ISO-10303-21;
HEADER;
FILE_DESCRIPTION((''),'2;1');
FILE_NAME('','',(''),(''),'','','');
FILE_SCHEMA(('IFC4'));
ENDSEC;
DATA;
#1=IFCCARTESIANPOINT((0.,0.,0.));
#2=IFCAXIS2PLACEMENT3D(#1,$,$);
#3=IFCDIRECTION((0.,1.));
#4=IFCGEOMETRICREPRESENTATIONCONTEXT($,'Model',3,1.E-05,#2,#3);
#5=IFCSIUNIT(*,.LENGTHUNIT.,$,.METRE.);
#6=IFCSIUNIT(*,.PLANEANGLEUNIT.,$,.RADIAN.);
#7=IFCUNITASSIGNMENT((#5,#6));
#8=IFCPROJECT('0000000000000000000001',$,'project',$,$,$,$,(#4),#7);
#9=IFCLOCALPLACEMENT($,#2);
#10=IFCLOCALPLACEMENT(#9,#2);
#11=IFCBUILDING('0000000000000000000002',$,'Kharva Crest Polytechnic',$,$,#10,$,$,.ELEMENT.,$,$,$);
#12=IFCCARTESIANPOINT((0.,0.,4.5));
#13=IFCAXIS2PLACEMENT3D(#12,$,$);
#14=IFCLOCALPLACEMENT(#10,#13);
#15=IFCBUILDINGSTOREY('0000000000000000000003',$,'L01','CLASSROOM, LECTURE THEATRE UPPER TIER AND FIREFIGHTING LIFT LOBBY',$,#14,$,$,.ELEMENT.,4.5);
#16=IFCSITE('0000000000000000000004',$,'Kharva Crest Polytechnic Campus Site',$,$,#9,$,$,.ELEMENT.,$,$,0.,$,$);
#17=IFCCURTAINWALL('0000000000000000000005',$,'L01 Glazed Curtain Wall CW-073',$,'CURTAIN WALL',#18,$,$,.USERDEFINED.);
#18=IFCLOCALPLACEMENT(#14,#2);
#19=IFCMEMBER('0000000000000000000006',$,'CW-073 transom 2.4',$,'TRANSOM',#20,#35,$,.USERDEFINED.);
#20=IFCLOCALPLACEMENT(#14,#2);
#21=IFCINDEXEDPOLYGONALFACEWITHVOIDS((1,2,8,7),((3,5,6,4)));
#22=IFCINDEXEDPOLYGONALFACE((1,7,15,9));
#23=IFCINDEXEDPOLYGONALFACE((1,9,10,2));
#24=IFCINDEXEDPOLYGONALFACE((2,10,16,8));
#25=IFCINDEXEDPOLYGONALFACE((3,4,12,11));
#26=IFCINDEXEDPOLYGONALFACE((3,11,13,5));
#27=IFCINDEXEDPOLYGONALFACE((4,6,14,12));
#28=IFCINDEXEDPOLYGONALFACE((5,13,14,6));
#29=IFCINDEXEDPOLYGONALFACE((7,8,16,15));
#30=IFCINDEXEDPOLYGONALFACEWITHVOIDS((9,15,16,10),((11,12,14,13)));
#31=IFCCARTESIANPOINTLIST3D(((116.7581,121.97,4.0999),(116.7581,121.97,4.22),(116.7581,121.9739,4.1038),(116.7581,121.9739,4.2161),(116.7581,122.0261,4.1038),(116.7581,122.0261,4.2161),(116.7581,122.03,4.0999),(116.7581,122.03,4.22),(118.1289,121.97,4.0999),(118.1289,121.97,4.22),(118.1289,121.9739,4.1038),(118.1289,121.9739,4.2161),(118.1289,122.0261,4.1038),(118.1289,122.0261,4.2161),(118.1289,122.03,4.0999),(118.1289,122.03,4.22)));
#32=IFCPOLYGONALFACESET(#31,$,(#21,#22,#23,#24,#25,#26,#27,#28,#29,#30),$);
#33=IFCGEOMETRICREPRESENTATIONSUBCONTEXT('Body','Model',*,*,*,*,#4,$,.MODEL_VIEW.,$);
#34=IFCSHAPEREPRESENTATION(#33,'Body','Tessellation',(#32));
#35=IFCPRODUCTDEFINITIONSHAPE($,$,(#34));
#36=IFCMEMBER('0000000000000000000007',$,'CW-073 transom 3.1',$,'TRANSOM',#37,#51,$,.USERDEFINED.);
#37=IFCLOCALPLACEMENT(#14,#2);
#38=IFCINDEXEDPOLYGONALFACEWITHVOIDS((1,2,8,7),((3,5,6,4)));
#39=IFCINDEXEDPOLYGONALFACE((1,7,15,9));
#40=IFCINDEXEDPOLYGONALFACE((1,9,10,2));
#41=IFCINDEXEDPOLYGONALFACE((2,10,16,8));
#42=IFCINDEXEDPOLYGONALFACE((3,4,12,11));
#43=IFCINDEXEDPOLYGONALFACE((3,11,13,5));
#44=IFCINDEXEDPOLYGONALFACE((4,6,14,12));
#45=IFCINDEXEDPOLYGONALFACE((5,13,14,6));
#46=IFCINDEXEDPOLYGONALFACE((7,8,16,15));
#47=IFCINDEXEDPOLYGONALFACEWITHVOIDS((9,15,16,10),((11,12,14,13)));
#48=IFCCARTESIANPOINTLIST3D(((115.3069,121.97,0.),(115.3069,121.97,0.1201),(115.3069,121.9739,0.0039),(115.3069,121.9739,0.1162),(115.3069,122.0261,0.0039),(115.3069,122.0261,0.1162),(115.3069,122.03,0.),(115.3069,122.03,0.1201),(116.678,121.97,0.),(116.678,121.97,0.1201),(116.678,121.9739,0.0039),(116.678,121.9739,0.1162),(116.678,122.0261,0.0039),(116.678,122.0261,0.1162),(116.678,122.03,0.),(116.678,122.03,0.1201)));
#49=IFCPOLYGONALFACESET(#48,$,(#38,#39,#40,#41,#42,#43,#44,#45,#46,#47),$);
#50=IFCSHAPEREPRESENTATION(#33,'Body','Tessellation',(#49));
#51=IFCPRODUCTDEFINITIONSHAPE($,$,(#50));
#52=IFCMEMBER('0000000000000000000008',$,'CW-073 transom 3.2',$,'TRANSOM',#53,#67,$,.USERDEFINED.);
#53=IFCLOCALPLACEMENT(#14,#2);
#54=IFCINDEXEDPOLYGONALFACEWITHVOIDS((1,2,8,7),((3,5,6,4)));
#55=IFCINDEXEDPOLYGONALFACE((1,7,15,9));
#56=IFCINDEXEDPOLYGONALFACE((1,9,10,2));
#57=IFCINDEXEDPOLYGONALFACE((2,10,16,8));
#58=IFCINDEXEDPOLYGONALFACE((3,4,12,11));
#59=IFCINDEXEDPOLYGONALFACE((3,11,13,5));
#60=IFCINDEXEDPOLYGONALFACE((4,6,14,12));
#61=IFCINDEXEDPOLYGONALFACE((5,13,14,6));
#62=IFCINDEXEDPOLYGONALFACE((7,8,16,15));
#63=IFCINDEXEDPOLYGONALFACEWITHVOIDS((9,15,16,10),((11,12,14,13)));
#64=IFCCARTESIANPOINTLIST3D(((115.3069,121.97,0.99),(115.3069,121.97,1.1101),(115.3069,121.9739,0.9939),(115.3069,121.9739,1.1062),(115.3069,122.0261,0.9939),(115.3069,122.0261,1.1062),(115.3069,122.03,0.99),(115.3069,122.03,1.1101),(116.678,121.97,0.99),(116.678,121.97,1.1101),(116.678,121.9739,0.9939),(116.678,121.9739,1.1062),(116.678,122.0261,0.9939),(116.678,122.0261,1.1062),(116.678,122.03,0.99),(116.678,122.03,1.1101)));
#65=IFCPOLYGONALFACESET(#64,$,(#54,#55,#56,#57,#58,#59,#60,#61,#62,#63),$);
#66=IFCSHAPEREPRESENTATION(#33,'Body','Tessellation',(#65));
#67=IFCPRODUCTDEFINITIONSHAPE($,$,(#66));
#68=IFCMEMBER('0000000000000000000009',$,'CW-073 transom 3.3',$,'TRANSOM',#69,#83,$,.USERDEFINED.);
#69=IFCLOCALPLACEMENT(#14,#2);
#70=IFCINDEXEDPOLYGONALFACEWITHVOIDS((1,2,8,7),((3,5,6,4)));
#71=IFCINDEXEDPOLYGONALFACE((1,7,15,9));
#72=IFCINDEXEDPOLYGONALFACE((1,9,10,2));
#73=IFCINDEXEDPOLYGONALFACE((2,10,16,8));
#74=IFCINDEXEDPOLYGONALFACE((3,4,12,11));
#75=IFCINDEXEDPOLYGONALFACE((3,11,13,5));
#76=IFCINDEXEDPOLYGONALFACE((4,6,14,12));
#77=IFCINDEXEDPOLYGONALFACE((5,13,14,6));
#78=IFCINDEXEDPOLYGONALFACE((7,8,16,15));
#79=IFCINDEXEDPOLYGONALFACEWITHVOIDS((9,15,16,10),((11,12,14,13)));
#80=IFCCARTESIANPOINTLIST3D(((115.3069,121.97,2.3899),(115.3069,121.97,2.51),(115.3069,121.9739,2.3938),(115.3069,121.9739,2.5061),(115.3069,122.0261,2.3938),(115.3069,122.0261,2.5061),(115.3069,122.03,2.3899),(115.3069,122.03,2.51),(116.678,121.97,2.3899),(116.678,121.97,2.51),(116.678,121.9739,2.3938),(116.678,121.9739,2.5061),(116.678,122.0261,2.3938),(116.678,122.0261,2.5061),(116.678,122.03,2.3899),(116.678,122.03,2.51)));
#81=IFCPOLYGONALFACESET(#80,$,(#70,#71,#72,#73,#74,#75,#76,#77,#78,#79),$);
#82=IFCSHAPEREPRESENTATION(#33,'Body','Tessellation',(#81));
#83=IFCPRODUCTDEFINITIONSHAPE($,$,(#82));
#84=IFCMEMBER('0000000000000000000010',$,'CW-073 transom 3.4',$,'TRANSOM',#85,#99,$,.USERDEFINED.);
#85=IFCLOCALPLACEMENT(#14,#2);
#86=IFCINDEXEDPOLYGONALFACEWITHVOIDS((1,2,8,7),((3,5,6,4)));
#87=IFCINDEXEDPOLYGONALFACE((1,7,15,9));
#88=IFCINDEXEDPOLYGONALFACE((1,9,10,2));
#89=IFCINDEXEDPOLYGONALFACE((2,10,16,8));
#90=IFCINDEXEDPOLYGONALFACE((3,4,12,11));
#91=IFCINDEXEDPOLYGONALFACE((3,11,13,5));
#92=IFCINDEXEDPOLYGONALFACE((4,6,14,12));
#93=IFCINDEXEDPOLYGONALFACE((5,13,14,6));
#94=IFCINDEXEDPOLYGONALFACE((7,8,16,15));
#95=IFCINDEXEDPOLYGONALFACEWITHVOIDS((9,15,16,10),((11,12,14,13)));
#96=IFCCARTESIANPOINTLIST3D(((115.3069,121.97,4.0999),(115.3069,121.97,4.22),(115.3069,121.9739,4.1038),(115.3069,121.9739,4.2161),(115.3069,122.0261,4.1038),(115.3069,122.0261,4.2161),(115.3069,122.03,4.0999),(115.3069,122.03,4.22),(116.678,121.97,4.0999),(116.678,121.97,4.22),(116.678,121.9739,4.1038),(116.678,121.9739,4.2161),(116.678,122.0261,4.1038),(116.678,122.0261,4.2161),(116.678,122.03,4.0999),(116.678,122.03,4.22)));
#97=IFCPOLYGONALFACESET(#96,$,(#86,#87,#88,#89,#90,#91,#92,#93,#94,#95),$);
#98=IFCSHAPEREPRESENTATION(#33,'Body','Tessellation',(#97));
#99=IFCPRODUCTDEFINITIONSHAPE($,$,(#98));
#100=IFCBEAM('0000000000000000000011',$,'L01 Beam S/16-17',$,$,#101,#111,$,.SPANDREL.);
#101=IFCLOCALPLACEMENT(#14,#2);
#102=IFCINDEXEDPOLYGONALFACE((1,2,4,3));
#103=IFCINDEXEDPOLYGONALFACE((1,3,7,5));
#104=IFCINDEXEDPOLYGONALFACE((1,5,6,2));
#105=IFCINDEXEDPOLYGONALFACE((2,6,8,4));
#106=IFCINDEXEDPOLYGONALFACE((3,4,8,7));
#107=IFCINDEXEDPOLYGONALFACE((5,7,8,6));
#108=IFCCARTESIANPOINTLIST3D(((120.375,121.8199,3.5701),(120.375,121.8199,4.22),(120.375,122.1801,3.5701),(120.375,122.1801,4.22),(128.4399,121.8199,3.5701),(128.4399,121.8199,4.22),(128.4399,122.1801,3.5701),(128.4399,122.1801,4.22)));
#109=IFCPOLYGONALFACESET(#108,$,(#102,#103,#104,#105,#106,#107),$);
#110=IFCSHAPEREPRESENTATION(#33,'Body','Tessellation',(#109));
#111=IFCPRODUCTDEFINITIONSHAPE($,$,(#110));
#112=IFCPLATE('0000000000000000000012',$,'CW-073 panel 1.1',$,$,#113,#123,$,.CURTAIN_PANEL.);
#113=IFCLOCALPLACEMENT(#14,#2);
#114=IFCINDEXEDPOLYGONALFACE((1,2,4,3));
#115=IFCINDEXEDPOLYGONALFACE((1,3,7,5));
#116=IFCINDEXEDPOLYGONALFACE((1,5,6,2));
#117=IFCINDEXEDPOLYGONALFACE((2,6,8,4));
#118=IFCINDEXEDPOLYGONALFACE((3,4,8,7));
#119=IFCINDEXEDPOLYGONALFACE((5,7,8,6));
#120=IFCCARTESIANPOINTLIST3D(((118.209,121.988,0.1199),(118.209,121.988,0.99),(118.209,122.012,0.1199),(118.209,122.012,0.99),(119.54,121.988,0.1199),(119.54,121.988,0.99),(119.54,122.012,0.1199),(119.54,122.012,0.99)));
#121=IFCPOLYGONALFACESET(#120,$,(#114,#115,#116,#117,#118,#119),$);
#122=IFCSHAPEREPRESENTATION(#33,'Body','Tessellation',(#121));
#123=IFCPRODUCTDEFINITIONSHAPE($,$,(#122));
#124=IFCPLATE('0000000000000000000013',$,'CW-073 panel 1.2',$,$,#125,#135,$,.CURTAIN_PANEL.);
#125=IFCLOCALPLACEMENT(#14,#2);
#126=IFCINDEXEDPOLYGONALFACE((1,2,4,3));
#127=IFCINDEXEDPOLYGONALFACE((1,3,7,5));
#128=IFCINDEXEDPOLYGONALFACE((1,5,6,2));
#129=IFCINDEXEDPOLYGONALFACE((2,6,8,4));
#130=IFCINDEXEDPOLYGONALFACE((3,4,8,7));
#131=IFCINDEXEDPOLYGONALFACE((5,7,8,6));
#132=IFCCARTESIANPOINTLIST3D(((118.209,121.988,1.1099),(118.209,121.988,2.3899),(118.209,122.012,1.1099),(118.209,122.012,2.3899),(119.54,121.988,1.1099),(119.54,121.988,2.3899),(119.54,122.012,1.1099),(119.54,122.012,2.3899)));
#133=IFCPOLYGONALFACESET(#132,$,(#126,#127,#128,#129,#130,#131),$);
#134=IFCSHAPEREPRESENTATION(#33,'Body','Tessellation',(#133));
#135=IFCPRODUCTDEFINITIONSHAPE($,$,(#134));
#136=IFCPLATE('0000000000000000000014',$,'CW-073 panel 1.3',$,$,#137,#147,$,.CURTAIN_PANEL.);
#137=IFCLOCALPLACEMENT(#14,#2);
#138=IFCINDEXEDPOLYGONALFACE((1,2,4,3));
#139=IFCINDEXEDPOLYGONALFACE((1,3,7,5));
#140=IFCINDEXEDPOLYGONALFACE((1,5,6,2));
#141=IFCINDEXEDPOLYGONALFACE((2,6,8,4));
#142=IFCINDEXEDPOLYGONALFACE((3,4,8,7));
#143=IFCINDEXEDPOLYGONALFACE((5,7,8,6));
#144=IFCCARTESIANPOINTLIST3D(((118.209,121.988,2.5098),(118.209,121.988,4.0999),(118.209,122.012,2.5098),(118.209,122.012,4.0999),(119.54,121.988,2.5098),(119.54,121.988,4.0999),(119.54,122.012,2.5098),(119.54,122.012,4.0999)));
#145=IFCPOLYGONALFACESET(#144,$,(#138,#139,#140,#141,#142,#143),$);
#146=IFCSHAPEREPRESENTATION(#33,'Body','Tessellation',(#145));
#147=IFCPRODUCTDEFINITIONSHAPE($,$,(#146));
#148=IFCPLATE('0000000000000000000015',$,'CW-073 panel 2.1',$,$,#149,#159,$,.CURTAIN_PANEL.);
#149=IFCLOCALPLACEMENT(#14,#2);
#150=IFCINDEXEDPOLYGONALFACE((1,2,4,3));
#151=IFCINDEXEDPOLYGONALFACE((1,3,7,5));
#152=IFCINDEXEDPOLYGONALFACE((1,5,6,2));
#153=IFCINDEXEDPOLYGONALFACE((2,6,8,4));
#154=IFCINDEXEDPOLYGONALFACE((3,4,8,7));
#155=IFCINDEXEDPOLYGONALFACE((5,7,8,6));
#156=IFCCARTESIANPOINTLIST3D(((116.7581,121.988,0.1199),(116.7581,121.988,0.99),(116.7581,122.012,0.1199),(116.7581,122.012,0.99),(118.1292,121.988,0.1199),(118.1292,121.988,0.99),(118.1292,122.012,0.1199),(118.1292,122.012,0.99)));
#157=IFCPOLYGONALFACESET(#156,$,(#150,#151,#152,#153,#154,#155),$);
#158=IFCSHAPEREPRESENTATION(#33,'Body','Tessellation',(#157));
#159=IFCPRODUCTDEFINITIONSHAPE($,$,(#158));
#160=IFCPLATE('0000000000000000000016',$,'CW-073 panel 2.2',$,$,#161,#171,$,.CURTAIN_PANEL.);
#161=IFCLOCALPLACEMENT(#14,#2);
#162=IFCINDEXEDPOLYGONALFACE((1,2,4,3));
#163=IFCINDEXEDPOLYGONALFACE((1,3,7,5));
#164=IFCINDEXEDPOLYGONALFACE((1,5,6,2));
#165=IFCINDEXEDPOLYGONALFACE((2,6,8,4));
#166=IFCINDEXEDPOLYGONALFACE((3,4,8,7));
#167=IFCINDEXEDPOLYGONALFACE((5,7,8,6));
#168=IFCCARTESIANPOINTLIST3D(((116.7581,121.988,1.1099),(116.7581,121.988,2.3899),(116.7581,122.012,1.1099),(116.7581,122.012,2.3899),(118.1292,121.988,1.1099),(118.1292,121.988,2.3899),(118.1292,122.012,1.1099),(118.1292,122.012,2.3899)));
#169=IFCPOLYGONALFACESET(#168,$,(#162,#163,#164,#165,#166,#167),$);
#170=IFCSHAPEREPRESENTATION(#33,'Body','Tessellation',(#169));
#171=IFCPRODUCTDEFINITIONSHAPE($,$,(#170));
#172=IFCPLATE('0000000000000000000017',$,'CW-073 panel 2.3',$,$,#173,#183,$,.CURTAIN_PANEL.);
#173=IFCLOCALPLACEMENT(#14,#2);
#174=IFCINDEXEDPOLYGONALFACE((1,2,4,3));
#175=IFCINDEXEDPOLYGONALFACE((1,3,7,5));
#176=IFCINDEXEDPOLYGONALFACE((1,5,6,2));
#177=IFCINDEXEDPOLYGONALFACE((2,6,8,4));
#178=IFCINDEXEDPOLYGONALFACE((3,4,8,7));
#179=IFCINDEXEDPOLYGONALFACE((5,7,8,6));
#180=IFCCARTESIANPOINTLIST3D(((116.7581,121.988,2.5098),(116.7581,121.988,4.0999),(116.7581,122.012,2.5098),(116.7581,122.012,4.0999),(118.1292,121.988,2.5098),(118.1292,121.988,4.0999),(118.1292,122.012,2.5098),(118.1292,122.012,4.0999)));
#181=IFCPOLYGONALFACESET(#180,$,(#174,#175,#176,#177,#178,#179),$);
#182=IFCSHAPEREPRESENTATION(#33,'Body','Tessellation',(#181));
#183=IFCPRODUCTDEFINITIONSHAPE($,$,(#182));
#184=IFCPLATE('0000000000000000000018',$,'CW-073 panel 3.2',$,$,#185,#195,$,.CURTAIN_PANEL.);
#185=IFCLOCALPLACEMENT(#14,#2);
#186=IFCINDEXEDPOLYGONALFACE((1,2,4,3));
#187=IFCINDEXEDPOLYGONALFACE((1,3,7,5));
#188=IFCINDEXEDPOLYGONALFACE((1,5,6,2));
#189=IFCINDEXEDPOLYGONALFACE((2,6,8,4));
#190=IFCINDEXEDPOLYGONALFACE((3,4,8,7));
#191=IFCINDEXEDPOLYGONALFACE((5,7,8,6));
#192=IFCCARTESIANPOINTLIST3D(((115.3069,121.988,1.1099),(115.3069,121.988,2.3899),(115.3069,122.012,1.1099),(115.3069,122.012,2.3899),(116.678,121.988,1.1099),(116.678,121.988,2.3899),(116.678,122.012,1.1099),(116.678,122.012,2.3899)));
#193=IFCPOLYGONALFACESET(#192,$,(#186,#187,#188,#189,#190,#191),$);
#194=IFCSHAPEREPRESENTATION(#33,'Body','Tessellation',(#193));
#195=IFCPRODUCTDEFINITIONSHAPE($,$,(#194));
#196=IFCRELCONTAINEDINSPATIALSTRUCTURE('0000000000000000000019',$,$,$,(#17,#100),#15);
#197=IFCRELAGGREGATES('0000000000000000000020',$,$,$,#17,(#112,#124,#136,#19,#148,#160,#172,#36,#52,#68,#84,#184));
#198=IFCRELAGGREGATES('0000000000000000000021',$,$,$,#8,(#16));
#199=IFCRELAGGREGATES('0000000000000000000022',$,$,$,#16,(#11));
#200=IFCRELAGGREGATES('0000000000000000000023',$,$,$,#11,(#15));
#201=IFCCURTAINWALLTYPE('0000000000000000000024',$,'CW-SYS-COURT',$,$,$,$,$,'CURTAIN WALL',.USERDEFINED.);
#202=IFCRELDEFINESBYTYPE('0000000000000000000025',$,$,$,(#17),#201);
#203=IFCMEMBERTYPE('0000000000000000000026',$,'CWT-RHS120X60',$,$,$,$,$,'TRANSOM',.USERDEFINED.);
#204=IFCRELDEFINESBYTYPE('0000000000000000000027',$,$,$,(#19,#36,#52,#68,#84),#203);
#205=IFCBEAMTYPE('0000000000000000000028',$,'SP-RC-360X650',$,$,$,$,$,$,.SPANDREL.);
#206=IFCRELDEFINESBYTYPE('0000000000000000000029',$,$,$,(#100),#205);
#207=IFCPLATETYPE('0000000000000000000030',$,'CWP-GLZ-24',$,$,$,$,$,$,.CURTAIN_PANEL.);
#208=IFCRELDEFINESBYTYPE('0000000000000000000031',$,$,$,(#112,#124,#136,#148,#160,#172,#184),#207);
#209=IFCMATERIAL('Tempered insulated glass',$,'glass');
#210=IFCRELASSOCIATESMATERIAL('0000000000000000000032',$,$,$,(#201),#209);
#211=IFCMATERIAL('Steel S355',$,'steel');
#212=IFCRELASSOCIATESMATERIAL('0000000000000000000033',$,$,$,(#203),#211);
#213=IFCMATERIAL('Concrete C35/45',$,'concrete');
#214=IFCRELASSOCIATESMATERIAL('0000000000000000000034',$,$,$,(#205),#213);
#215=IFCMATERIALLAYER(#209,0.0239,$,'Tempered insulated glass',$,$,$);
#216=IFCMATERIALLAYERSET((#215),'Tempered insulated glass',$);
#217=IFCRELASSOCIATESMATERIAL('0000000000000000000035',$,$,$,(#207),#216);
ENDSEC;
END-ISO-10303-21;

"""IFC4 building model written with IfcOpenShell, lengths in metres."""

from ifc_helpers import new_model, si_unit, direction, frame, origin, origin_2d, place, context, subcontext, project, spatial, rectangle, hollow_rectangle, extrude, material, layer, layer_set, material_profile, profile_set, type_object, element, aggregate, save


model = new_model("IFC4")

# Units and contexts
model_context = context("Model", 3, precision=1e-05, world=origin(), true_north=direction((0.0, 1.0)))
body_context = subcontext(model_context, "Body", "Model", "MODEL_VIEW")
ifc_project = project(units=[si_unit("LENGTHUNIT", "METRE"), si_unit("PLANEANGLEUNIT", "RADIAN")], contexts=[model_context])

# Site, building, storey
site_placement = place(None, origin())
site = spatial("IfcSite", under=ifc_project, at=site_placement, Name="Kharva Crest Polytechnic Campus Site", CompositionType="ELEMENT", RefElevation=0.0)
building_placement = place(site_placement, origin())
building = spatial("IfcBuilding", under=site, at=building_placement, Name="Kharva Crest Polytechnic", CompositionType="ELEMENT")
storey_placement = place(building_placement, frame((0.0, 0.0, 4.5)))
storey = spatial("IfcBuildingStorey", under=building, at=storey_placement, Name="L01", Description="CLASSROOM, LECTURE THEATRE UPPER TIER AND FIREFIGHTING LIFT LOBBY", CompositionType="ELEMENT", Elevation=4.5)

# Curtain wall, members
ifc_material_1 = material(Name="Tempered insulated glass", Category="glass")
curtain_wall_type = type_object("IfcCurtainWallType", Name="CW-SYS-COURT", ElementType="CURTAIN WALL", PredefinedType="USERDEFINED", material=ifc_material_1)
curtain_wall_placement = place(storey_placement, origin())
curtain_wall = element("IfcCurtainWall", 1, at=curtain_wall_placement, inside=storey, type_object=curtain_wall_type, Name="L01 Glazed Curtain Wall CW-073", ObjectType="CURTAIN WALL", PredefinedType="USERDEFINED")
ifc_material_2 = material(Name="Steel S355", Category="steel")
ifc_material_profile_1 = material_profile(ifc_material_2, hollow_rectangle(XDim=0.0601, YDim=0.1201, WallThickness=0.0039, at=origin_2d()), Name="RHS 120X60X4.0")
ifc_profile_set_1 = profile_set([ifc_material_profile_1], Name="Steel S355")
member_type_1 = type_object("IfcMemberType", Name="CWT-RHS120X60", ElementType="TRANSOM", PredefinedType="USERDEFINED", material=ifc_profile_set_1)
member_1_placement = place(storey_placement, frame((118.1289, 122.0, 4.1599), z_axis=(-1.0, 0.0, 0.0), x_axis=(0.0, -1.0, 0.0)))
member_1 = element("IfcMember", 2, at=member_1_placement, type_object=member_type_1, Name="CW-073 transom 2.4", ObjectType="TRANSOM", PredefinedType="USERDEFINED", context=body_context, shape_type="SweptSolid", body=[
    extrude(hollow_rectangle(XDim=0.0601, YDim=0.1201, WallThickness=0.0039, at=origin_2d()), origin(), (0.0, 0.0, 1.0), 1.3708),
])
member_2_placement = place(storey_placement, frame((116.678, 122.0, 0.0601), z_axis=(-1.0, 0.0, 0.0), x_axis=(0.0, -1.0, 0.0)))
member_2 = element("IfcMember", 3, at=member_2_placement, type_object=member_type_1, Name="CW-073 transom 3.1", ObjectType="TRANSOM", PredefinedType="USERDEFINED", context=body_context, shape_type="SweptSolid", body=[
    extrude(hollow_rectangle(XDim=0.0601, YDim=0.1201, WallThickness=0.0039, at=origin_2d()), origin(), (0.0, 0.0, 1.0), 1.3711),
])
member_3_placement = place(storey_placement, frame((116.678, 122.0, 1.05), z_axis=(-1.0, 0.0, 0.0), x_axis=(0.0, -1.0, 0.0)))
member_3 = element("IfcMember", 4, at=member_3_placement, type_object=member_type_1, Name="CW-073 transom 3.2", ObjectType="TRANSOM", PredefinedType="USERDEFINED", context=body_context, shape_type="SweptSolid", body=[
    extrude(hollow_rectangle(XDim=0.0601, YDim=0.1201, WallThickness=0.0039, at=origin_2d()), origin(), (0.0, 0.0, 1.0), 1.3711),
])
member_4_placement = place(storey_placement, frame((116.678, 122.0, 2.45), z_axis=(-1.0, 0.0, 0.0), x_axis=(0.0, -1.0, 0.0)))
member_4 = element("IfcMember", 5, at=member_4_placement, type_object=member_type_1, Name="CW-073 transom 3.3", ObjectType="TRANSOM", PredefinedType="USERDEFINED", context=body_context, shape_type="SweptSolid", body=[
    extrude(hollow_rectangle(XDim=0.0601, YDim=0.1201, WallThickness=0.0039, at=origin_2d()), origin(), (0.0, 0.0, 1.0), 1.3711),
])
member_5_placement = place(storey_placement, frame((116.678, 122.0, 4.1599), z_axis=(-1.0, 0.0, 0.0), x_axis=(0.0, -1.0, 0.0)))
member_5 = element("IfcMember", 6, at=member_5_placement, type_object=member_type_1, Name="CW-073 transom 3.4", ObjectType="TRANSOM", PredefinedType="USERDEFINED", context=body_context, shape_type="SweptSolid", body=[
    extrude(hollow_rectangle(XDim=0.0601, YDim=0.1201, WallThickness=0.0039, at=origin_2d()), origin(), (0.0, 0.0, 1.0), 1.3711),
])

# Beam
ifc_material_3 = material(Name="Concrete C35/45", Category="concrete")
ifc_material_profile_2 = material_profile(ifc_material_3, rectangle(XDim=0.3601, YDim=0.6499, at=origin_2d()), Name="RECT 360 X 650")
ifc_profile_set_2 = profile_set([ifc_material_profile_2], Name="Concrete C35/45")
beam_type = type_object("IfcBeamType", Name="SP-RC-360X650", PredefinedType="SPANDREL", material=ifc_profile_set_2)
beam_placement = place(storey_placement, frame((120.375, 122.0, 3.895), z_axis=(1.0, 0.0, 0.0), x_axis=(0.0, 1.0, 0.0)))
element("IfcBeam", 7, at=beam_placement, inside=storey, type_object=beam_type, Name="L01 Beam S/16-17", PredefinedType="SPANDREL", context=body_context, shape_type="SweptSolid", body=[
    extrude(rectangle(XDim=0.3601, YDim=0.6499, at=origin_2d()), origin(), (0.0, 0.0, 1.0), 8.0649),
])

# Plates
ifc_layer = layer(ifc_material_1, 0.0239, Name="Tempered insulated glass")
ifc_layer_set = layer_set([ifc_layer], Name="Tempered insulated glass")
plate_type = type_object("IfcPlateType", Name="CWP-GLZ-24", PredefinedType="CURTAIN_PANEL", material=ifc_layer_set)
plate_1_placement = place(storey_placement, frame((118.8745, 122.0, 0.1199), z_axis=(0.0, 0.0, 1.0), x_axis=(-1.0, 0.0, 0.0)))
plate_1 = element("IfcPlate", 8, at=plate_1_placement, type_object=plate_type, Name="CW-073 panel 1.1", PredefinedType="CURTAIN_PANEL", context=body_context, shape_type="SweptSolid", body=[
    extrude(rectangle(XDim=1.3311, YDim=0.0239, at=origin_2d()), origin(), (0.0, 0.0, 1.0), 0.8701),
])
plate_2_placement = place(storey_placement, frame((118.8745, 122.0, 1.1099), z_axis=(0.0, 0.0, 1.0), x_axis=(-1.0, 0.0, 0.0)))
plate_2 = element("IfcPlate", 9, at=plate_2_placement, type_object=plate_type, Name="CW-073 panel 1.2", PredefinedType="CURTAIN_PANEL", context=body_context, shape_type="SweptSolid", body=[
    extrude(rectangle(XDim=1.3311, YDim=0.0239, at=origin_2d()), origin(), (0.0, 0.0, 1.0), 1.28),
])
plate_3_placement = place(storey_placement, frame((118.8745, 122.0, 2.5098), z_axis=(0.0, 0.0, 1.0), x_axis=(-1.0, 0.0, 0.0)))
plate_3 = element("IfcPlate", 10, at=plate_3_placement, type_object=plate_type, Name="CW-073 panel 1.3", PredefinedType="CURTAIN_PANEL", context=body_context, shape_type="SweptSolid", body=[
    extrude(rectangle(XDim=1.3311, YDim=0.0239, at=origin_2d()), origin(), (0.0, 0.0, 1.0), 1.5901),
])
plate_4_placement = place(storey_placement, frame((117.4436, 122.0, 0.1199), z_axis=(0.0, 0.0, 1.0), x_axis=(-1.0, 0.0, 0.0)))
plate_4 = element("IfcPlate", 11, at=plate_4_placement, type_object=plate_type, Name="CW-073 panel 2.1", PredefinedType="CURTAIN_PANEL", context=body_context, shape_type="SweptSolid", body=[
    extrude(rectangle(XDim=1.3711, YDim=0.0239, at=origin_2d()), origin(), (0.0, 0.0, 1.0), 0.8701),
])
plate_5_placement = place(storey_placement, frame((117.4436, 122.0, 1.1099), z_axis=(0.0, 0.0, 1.0), x_axis=(-1.0, 0.0, 0.0)))
plate_5 = element("IfcPlate", 12, at=plate_5_placement, type_object=plate_type, Name="CW-073 panel 2.2", PredefinedType="CURTAIN_PANEL", context=body_context, shape_type="SweptSolid", body=[
    extrude(rectangle(XDim=1.3711, YDim=0.0239, at=origin_2d()), origin(), (0.0, 0.0, 1.0), 1.28),
])
plate_6_placement = place(storey_placement, frame((117.4436, 122.0, 2.5098), z_axis=(0.0, 0.0, 1.0), x_axis=(-1.0, 0.0, 0.0)))
plate_6 = element("IfcPlate", 13, at=plate_6_placement, type_object=plate_type, Name="CW-073 panel 2.3", PredefinedType="CURTAIN_PANEL", context=body_context, shape_type="SweptSolid", body=[
    extrude(rectangle(XDim=1.3711, YDim=0.0239, at=origin_2d()), origin(), (0.0, 0.0, 1.0), 1.5901),
])
plate_7_placement = place(storey_placement, frame((115.9924, 122.0, 1.1099), z_axis=(0.0, 0.0, 1.0), x_axis=(-1.0, 0.0, 0.0)))
plate_7 = element("IfcPlate", 14, at=plate_7_placement, type_object=plate_type, Name="CW-073 panel 3.2", PredefinedType="CURTAIN_PANEL", context=body_context, shape_type="SweptSolid", body=[
    extrude(rectangle(XDim=1.3711, YDim=0.0239, at=origin_2d()), origin(), (0.0, 0.0, 1.0), 1.28),
])
aggregate(curtain_wall, [plate_1, plate_2, plate_3, member_1, plate_4, plate_5, plate_6, member_2, member_3, member_4, member_5, plate_7])

save(model, "model.ifc")
